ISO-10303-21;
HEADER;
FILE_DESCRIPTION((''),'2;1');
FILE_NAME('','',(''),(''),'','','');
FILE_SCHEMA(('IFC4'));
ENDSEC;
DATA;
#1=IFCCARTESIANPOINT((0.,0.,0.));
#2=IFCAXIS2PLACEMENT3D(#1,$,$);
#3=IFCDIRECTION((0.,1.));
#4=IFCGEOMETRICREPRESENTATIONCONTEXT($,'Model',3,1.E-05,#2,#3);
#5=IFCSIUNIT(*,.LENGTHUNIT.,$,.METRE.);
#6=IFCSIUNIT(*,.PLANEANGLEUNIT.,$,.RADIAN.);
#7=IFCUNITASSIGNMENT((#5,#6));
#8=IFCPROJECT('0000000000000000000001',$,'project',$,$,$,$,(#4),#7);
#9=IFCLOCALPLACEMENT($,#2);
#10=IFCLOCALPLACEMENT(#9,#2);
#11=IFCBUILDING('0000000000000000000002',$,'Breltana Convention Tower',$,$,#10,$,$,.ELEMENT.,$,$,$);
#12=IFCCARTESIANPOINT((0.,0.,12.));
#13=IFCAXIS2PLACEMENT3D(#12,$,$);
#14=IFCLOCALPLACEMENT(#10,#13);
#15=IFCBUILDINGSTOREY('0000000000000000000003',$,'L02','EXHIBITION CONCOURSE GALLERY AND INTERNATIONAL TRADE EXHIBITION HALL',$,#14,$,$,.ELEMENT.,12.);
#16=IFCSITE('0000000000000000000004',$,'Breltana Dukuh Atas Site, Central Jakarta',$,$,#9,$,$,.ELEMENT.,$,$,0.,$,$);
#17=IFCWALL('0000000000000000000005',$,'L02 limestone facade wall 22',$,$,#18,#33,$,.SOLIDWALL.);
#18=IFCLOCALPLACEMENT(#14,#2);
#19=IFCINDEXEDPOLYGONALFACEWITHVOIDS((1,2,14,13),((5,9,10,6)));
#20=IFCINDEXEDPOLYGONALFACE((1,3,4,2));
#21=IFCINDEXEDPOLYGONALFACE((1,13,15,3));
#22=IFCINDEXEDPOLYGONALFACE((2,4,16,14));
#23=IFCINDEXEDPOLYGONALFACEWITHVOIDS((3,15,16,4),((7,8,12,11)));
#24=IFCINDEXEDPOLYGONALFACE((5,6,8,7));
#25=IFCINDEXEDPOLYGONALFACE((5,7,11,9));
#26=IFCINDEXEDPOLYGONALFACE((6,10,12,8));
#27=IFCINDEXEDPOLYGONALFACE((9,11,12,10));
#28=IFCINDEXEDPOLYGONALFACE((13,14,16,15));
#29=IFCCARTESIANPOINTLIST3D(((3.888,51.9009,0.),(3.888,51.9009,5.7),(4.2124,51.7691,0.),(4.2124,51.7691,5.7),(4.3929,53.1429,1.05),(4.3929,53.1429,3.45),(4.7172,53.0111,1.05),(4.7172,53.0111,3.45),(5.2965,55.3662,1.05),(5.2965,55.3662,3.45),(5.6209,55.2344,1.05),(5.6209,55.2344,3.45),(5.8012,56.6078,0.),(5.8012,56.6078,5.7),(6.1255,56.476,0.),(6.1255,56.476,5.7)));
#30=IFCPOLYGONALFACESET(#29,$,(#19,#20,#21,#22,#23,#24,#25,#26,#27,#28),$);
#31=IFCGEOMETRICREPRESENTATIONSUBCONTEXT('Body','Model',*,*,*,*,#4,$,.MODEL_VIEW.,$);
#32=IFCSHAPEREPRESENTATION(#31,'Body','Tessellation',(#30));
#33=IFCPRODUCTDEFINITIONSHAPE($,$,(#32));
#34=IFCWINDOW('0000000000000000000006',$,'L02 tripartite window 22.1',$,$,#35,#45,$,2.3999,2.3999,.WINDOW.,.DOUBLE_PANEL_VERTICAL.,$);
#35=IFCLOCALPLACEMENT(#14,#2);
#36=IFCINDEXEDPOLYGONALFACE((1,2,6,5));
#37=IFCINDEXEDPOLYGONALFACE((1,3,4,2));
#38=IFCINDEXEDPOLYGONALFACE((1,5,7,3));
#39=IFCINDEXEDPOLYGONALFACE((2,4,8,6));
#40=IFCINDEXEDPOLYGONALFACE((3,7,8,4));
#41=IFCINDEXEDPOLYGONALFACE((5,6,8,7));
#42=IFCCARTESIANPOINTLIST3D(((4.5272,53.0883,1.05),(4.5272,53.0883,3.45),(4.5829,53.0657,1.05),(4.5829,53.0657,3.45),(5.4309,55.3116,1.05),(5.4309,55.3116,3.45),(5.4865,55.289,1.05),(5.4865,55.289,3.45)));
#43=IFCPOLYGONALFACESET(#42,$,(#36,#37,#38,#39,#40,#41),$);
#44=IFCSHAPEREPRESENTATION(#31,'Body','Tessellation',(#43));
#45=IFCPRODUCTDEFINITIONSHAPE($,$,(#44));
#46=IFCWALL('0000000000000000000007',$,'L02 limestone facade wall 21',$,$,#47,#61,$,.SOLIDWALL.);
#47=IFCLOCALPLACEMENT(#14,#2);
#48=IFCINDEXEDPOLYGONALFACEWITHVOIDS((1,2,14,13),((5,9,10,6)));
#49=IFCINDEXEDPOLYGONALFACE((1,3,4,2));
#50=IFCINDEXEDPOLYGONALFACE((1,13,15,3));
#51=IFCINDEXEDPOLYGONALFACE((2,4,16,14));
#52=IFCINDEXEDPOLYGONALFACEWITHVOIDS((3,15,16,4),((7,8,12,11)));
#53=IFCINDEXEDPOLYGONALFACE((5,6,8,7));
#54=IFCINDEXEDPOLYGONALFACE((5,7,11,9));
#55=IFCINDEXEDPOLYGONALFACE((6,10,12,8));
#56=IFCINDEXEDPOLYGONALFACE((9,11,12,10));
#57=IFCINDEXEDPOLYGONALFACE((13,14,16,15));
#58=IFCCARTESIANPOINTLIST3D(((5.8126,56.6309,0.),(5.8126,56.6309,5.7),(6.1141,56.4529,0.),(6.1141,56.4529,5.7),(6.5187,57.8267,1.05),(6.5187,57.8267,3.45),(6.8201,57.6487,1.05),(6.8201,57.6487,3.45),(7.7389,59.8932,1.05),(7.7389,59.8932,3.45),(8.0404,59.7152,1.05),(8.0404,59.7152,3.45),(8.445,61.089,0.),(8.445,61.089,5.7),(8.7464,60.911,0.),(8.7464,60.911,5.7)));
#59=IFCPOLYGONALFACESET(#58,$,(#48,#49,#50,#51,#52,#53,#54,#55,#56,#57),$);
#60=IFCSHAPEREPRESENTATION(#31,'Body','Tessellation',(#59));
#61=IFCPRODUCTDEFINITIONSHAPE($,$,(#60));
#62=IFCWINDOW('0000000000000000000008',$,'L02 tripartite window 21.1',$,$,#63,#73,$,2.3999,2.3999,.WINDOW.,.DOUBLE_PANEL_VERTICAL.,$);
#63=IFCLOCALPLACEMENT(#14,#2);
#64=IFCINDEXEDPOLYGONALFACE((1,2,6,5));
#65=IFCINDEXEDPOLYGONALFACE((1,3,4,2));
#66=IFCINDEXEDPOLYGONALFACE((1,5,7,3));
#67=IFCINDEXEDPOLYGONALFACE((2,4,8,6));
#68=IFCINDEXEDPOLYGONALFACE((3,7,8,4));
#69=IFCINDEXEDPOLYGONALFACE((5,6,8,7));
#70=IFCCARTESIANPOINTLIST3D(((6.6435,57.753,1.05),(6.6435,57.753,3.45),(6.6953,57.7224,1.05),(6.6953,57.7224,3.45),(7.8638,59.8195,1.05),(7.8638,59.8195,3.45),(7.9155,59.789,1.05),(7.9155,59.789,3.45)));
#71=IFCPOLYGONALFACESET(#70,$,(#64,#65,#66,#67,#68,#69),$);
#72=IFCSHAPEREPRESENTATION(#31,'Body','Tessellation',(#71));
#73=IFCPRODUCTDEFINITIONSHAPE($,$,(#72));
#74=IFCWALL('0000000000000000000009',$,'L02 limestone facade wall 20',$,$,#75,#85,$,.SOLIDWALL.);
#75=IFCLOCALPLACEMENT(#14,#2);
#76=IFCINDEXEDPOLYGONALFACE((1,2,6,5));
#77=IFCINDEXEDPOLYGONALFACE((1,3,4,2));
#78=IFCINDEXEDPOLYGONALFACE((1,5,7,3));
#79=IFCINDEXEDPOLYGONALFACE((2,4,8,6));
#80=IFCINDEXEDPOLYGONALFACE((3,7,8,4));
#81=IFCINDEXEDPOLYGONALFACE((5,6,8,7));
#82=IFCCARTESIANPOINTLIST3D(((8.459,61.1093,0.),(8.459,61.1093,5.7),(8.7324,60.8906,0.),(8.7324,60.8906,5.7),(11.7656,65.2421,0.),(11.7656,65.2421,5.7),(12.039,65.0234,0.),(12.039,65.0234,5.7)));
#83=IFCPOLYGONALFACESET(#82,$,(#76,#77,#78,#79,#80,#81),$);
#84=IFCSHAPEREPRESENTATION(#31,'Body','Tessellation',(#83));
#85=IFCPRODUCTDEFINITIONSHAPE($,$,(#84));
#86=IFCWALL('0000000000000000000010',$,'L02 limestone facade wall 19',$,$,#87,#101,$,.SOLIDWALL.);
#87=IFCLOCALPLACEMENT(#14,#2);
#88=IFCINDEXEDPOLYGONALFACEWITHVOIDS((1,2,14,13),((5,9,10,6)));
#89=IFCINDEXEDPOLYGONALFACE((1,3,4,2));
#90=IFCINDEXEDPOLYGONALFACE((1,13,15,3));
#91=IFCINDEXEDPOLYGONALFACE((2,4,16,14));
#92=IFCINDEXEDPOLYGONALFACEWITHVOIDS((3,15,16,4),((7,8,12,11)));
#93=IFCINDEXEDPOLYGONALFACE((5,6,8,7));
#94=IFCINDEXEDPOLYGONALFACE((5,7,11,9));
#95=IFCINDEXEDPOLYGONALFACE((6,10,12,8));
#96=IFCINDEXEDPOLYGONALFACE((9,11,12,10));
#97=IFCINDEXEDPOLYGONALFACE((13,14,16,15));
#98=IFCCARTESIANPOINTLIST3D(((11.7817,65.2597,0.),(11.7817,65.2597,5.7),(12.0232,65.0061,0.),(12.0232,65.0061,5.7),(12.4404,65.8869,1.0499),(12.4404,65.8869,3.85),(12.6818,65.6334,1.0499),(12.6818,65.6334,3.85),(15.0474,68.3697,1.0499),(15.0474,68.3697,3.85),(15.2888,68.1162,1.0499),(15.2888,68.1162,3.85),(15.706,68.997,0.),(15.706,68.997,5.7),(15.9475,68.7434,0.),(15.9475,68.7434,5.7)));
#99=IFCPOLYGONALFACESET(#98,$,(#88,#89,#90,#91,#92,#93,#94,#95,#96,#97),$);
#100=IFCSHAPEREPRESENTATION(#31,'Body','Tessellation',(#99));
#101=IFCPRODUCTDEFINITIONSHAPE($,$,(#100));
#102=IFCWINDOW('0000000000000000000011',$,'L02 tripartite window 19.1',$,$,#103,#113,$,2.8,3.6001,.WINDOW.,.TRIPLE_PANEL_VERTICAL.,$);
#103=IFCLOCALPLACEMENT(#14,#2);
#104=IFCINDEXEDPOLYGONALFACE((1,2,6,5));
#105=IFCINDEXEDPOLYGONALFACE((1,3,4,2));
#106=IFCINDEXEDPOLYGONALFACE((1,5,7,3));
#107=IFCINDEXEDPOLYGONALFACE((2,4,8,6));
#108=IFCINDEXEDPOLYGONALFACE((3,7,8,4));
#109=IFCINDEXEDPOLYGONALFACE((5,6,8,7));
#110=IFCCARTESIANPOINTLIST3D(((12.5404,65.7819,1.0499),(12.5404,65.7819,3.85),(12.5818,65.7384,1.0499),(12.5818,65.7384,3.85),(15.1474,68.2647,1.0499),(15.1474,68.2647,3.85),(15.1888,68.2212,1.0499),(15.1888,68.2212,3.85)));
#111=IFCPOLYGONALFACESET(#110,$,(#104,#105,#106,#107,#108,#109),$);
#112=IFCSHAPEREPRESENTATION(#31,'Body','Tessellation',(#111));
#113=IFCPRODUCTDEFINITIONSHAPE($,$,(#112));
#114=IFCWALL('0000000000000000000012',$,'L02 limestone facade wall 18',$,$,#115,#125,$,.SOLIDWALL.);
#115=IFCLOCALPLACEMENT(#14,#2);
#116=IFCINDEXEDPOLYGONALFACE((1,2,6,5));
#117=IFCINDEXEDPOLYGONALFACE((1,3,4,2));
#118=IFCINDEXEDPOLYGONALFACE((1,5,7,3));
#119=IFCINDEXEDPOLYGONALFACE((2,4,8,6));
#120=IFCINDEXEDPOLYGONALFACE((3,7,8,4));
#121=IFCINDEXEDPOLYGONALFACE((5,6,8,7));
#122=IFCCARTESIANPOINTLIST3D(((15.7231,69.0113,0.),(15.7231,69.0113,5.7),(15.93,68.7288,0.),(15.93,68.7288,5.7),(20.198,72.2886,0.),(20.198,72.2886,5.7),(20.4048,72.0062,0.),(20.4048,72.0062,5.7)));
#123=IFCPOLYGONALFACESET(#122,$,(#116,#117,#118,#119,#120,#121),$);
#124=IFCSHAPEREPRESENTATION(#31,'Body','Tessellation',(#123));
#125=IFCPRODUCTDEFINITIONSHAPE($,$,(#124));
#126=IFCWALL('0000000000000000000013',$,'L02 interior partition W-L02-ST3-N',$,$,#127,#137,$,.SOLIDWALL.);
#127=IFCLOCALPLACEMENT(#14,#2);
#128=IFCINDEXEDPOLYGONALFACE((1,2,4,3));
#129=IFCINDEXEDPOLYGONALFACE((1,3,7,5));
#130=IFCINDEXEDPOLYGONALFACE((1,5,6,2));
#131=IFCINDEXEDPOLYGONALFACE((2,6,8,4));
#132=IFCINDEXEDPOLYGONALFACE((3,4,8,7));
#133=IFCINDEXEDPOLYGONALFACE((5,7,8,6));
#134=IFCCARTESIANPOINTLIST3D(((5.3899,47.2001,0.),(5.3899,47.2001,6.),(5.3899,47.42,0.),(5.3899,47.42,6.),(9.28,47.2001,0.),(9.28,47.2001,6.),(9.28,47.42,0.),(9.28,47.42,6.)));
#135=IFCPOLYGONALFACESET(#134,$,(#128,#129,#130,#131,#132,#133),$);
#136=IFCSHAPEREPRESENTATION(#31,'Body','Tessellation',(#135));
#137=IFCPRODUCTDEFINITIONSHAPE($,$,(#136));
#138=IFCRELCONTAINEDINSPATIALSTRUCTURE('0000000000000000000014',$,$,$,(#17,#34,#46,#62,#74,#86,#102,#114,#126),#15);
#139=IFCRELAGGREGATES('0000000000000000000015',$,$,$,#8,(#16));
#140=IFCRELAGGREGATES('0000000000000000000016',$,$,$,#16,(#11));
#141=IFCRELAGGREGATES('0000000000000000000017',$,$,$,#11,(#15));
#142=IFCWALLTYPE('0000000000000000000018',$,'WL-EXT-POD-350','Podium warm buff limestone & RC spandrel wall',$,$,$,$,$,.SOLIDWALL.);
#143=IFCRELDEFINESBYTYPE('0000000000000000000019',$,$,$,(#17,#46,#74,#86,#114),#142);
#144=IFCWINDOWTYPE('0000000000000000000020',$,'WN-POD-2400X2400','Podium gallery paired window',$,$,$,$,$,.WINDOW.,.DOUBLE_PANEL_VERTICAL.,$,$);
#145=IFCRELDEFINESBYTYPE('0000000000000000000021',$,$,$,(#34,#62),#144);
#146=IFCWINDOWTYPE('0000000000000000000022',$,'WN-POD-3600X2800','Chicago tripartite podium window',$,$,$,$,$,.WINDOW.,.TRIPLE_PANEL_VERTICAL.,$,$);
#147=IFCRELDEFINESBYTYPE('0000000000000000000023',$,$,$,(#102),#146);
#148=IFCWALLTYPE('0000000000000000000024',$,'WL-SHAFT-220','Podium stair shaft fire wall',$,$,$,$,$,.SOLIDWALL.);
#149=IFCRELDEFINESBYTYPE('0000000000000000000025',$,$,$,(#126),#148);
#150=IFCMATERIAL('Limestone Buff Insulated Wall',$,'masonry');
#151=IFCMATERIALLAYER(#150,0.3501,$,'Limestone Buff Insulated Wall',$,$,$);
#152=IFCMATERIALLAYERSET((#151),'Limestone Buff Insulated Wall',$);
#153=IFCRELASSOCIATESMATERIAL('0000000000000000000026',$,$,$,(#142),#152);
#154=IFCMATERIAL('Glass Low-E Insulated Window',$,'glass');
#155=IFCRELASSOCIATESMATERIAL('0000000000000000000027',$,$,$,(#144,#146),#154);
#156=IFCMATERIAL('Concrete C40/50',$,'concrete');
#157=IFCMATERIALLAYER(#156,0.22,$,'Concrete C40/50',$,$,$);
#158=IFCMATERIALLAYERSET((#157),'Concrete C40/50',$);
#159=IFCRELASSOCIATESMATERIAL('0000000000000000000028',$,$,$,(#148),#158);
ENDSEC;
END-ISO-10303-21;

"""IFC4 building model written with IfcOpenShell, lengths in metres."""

from ifc_helpers import new_model, si_unit, direction, frame, frame_2d, origin, place, context, subcontext, project, spatial, rectangle, extrude, source, transform, mapped, material, layer, layer_set, type_object, type_shapes, element, fill, save


model = new_model("IFC4")

# Units and contexts
model_context = context("Model", 3, precision=1e-05, world=origin(), true_north=direction((0.0, 1.0)))
body_context = subcontext(model_context, "Body", "Model", "MODEL_VIEW")
ifc_project = project(units=[si_unit("LENGTHUNIT", "METRE"), si_unit("PLANEANGLEUNIT", "RADIAN")], contexts=[model_context])

# Site, building, storey
site_placement = place(None, origin())
site = spatial("IfcSite", under=ifc_project, at=site_placement, Name="Breltana Dukuh Atas Site, Central Jakarta", CompositionType="ELEMENT", RefElevation=0.0)
building_placement = place(site_placement, origin())
building = spatial("IfcBuilding", under=site, at=building_placement, Name="Breltana Convention Tower", CompositionType="ELEMENT")
storey_placement = place(building_placement, frame((0.0, 0.0, 12.0)))
storey = spatial("IfcBuildingStorey", under=building, at=storey_placement, Name="L02", Description="EXHIBITION CONCOURSE GALLERY AND INTERNATIONAL TRADE EXHIBITION HALL", CompositionType="ELEMENT", Elevation=12.0)

# Shared definitions
ifc_material_1 = material(Name="Limestone Buff Insulated Wall", Category="masonry")
ifc_layer_1 = layer(ifc_material_1, 0.3501, Name="Limestone Buff Insulated Wall")
ifc_layer_set_1 = layer_set([ifc_layer_1], Name="Limestone Buff Insulated Wall")
wall_type_1 = type_object("IfcWallType", Name="WL-EXT-POD-350", Description="Podium warm buff limestone & RC spandrel wall", PredefinedType="SOLIDWALL", material=ifc_layer_set_1)

# Walls, openings, windows
shared_shape_1 = source(origin(), body_context, "Body", "SweptSolid", [
    extrude(rectangle(XDim=5.0808, YDim=0.3501, at=frame_2d((2.5405, 0.0))), origin(), (0.0, 0.0, 1.0), 5.7),
])
wall_1_placement = place(storey_placement, frame((5.9634, 56.542, 0.0), z_axis=(0.0, 0.0, 1.0), x_axis=(-0.376538, -0.926401, 0.0)))
wall_1 = element("IfcWall", 1, at=wall_1_placement, inside=storey, type_object=wall_type_1, Name="L02 limestone facade wall 22", PredefinedType="SOLIDWALL", context=body_context, shape_type="MappedRepresentation", body=[
    mapped(shared_shape_1, transform((0.0, 0.0, 0.0), scale=1.0)),
])
opening_1_placement = place(wall_1_placement, frame((1.3403, 0.0, 1.05)))
opening_1 = element("IfcOpeningElement", 2, at=opening_1_placement, cuts=wall_1, PredefinedType="OPENING", context=body_context, shape_type="SweptSolid", body=[
    extrude(rectangle(XDim=2.3999, YDim=2.3999, at=frame_2d((1.2, 1.2))), frame((0.0, 0.1851, 0.0), z_axis=(0.0, -1.0, 0.0), x_axis=(1.0, 0.0, 0.0)), (0.0, 0.0, 1.0), 0.3701),
])
ifc_material_2 = material(Name="Glass Low-E Insulated Window", Category="glass")
window_type_1 = type_object("IfcWindowType", Name="WN-POD-2400X2400", Description="Podium gallery paired window", PartitioningType="DOUBLE_PANEL_VERTICAL", PredefinedType="WINDOW", material=ifc_material_2)
shared_shape_2 = source(origin(), body_context, "Body", "SweptSolid", [
    extrude(rectangle(XDim=2.3999, YDim=2.3999, at=frame_2d((1.2, 1.2))), frame((0.0, 0.03, 0.0), z_axis=(0.0, -1.0, 0.0), x_axis=(1.0, 0.0, 0.0)), (0.0, 0.0, 1.0), 0.0601),
])
type_shapes(window_type_1, [shared_shape_2])
window_1_placement = place(opening_1_placement, origin())
window_1 = element("IfcWindow", 3, at=window_1_placement, inside=storey, type_object=window_type_1, Name="L02 tripartite window 22.1", OverallHeight=2.3999, OverallWidth=2.3999, PartitioningType="DOUBLE_PANEL_VERTICAL", PredefinedType="WINDOW", context=body_context, shape_type="MappedRepresentation", body=[
    mapped(shared_shape_2, transform((0.0, 0.0, 0.0), scale=1.0)),
])
fill(opening_1, window_1)
shared_shape_3 = source(origin(), body_context, "Body", "SweptSolid", [
    extrude(rectangle(XDim=5.1772, YDim=0.3501, at=frame_2d((2.5886, 0.0))), origin(), (0.0, 0.0, 1.0), 5.7),
])
wall_2_placement = place(storey_placement, frame((8.5957, 61.0, 0.0), z_axis=(0.0, 0.0, 1.0), x_axis=(-0.50845, -0.861092, 0.0)))
wall_2 = element("IfcWall", 4, at=wall_2_placement, inside=storey, type_object=wall_type_1, Name="L02 limestone facade wall 21", PredefinedType="SOLIDWALL", context=body_context, shape_type="MappedRepresentation", body=[
    mapped(shared_shape_3, transform((0.0, 0.0, 0.0), scale=1.0)),
])
opening_2_placement = place(wall_2_placement, frame((1.3887, 0.0, 1.05)))
opening_2 = element("IfcOpeningElement", 5, at=opening_2_placement, cuts=wall_2, PredefinedType="OPENING", context=body_context, shape_type="SweptSolid", body=[
    extrude(rectangle(XDim=2.3999, YDim=2.3999, at=frame_2d((1.2, 1.2))), frame((0.0, 0.1851, 0.0), z_axis=(0.0, -1.0, 0.0), x_axis=(1.0, 0.0, 0.0)), (0.0, 0.0, 1.0), 0.3701),
])
window_2_placement = place(opening_2_placement, origin())
window_2 = element("IfcWindow", 6, at=window_2_placement, inside=storey, type_object=window_type_1, Name="L02 tripartite window 21.1", OverallHeight=2.3999, OverallWidth=2.3999, PartitioningType="DOUBLE_PANEL_VERTICAL", PredefinedType="WINDOW", context=body_context, shape_type="MappedRepresentation", body=[
    mapped(shared_shape_2, transform((0.0, 0.0, 0.0), scale=1.0)),
])
fill(opening_2, window_2)

# Wall
shared_shape_4 = source(origin(), body_context, "Body", "SweptSolid", [
    extrude(rectangle(XDim=5.2927, YDim=0.3501, at=frame_2d((2.6465, 0.0))), origin(), (0.0, 0.0, 1.0), 5.7),
])
wall_3_placement = place(storey_placement, frame((11.9023, 65.1328, 0.0), z_axis=(0.0, 0.0, 1.0), x_axis=(-0.62474, -0.780833, 0.0)))
element("IfcWall", 7, at=wall_3_placement, inside=storey, type_object=wall_type_1, Name="L02 limestone facade wall 20", PredefinedType="SOLIDWALL", context=body_context, shape_type="MappedRepresentation", body=[
    mapped(shared_shape_4, transform((0.0, 0.0, 0.0), scale=1.0)),
])

# Wall, opening, window
shared_shape_5 = source(origin(), body_context, "Body", "SweptSolid", [
    extrude(rectangle(XDim=5.4192, YDim=0.3501, at=frame_2d((2.7095, 0.0))), origin(), (0.0, 0.0, 1.0), 5.7),
])
wall_4_placement = place(storey_placement, frame((15.8267, 68.8701, 0.0), z_axis=(0.0, 0.0, 1.0), x_axis=(-0.724151, -0.689642, 0.0)))
wall_4 = element("IfcWall", 8, at=wall_4_placement, inside=storey, type_object=wall_type_1, Name="L02 limestone facade wall 19", PredefinedType="SOLIDWALL", context=body_context, shape_type="MappedRepresentation", body=[
    mapped(shared_shape_5, transform((0.0, 0.0, 0.0), scale=1.0)),
])
opening_3_placement = place(wall_4_placement, frame((0.9094, 0.0, 1.05)))
opening_3 = element("IfcOpeningElement", 9, at=opening_3_placement, cuts=wall_4, PredefinedType="OPENING", context=body_context, shape_type="SweptSolid", body=[
    extrude(rectangle(XDim=3.6001, YDim=2.8, at=frame_2d((1.8, 1.3999))), frame((0.0, 0.1851, 0.0), z_axis=(0.0, -1.0, 0.0), x_axis=(1.0, 0.0, 0.0)), (0.0, 0.0, 1.0), 0.3701),
])
window_type_2 = type_object("IfcWindowType", Name="WN-POD-3600X2800", Description="Chicago tripartite podium window", PartitioningType="TRIPLE_PANEL_VERTICAL", PredefinedType="WINDOW", material=ifc_material_2)
shared_shape_6 = source(origin(), body_context, "Body", "SweptSolid", [
    extrude(rectangle(XDim=3.6001, YDim=2.8, at=frame_2d((1.8, 1.3999))), frame((0.0, 0.03, 0.0), z_axis=(0.0, -1.0, 0.0), x_axis=(1.0, 0.0, 0.0)), (0.0, 0.0, 1.0), 0.0601),
])
type_shapes(window_type_2, [shared_shape_6])
window_3_placement = place(opening_3_placement, origin())
window_3 = element("IfcWindow", 10, at=window_3_placement, inside=storey, type_object=window_type_2, Name="L02 tripartite window 19.1", OverallHeight=2.8, OverallWidth=3.6001, PartitioningType="TRIPLE_PANEL_VERTICAL", PredefinedType="WINDOW", context=body_context, shape_type="MappedRepresentation", body=[
    mapped(shared_shape_6, transform((0.0, 0.0, 0.0), scale=1.0)),
])
fill(opening_3, window_3)

# Walls
shared_shape_7 = source(origin(), body_context, "Body", "SweptSolid", [
    extrude(rectangle(XDim=5.5466, YDim=0.3501, at=frame_2d((2.7734, 0.0))), origin(), (0.0, 0.0, 1.0), 5.7),
])
wall_5_placement = place(storey_placement, frame((20.3015, 72.1475, 0.0), z_axis=(0.0, 0.0, 1.0), x_axis=(-0.806767, -0.590869, 0.0)))
element("IfcWall", 11, at=wall_5_placement, inside=storey, type_object=wall_type_1, Name="L02 limestone facade wall 18", PredefinedType="SOLIDWALL", context=body_context, shape_type="MappedRepresentation", body=[
    mapped(shared_shape_7, transform((0.0, 0.0, 0.0), scale=1.0)),
])
ifc_material_3 = material(Name="Concrete C40/50", Category="concrete")
ifc_layer_2 = layer(ifc_material_3, 0.22, Name="Concrete C40/50")
ifc_layer_set_2 = layer_set([ifc_layer_2], Name="Concrete C40/50")
wall_type_2 = type_object("IfcWallType", Name="WL-SHAFT-220", Description="Podium stair shaft fire wall", PredefinedType="SOLIDWALL", material=ifc_layer_set_2)
shared_shape_8 = source(origin(), body_context, "Body", "SweptSolid", [
    extrude(rectangle(XDim=3.8901, YDim=0.22, at=frame_2d((1.9451, 0.0))), origin(), (0.0, 0.0, 1.0), 6.0),
])
wall_6_placement = place(storey_placement, frame((5.3899, 47.3101, 0.0), z_axis=(0.0, 0.0, 1.0), x_axis=(1.0, 0.0, 0.0)))
element("IfcWall", 12, at=wall_6_placement, inside=storey, type_object=wall_type_2, Name="L02 interior partition W-L02-ST3-N", PredefinedType="SOLIDWALL", context=body_context, shape_type="MappedRepresentation", body=[
    mapped(shared_shape_8, transform((0.0, 0.0, 0.0), scale=1.0)),
])

save(model, "model.ifc")
